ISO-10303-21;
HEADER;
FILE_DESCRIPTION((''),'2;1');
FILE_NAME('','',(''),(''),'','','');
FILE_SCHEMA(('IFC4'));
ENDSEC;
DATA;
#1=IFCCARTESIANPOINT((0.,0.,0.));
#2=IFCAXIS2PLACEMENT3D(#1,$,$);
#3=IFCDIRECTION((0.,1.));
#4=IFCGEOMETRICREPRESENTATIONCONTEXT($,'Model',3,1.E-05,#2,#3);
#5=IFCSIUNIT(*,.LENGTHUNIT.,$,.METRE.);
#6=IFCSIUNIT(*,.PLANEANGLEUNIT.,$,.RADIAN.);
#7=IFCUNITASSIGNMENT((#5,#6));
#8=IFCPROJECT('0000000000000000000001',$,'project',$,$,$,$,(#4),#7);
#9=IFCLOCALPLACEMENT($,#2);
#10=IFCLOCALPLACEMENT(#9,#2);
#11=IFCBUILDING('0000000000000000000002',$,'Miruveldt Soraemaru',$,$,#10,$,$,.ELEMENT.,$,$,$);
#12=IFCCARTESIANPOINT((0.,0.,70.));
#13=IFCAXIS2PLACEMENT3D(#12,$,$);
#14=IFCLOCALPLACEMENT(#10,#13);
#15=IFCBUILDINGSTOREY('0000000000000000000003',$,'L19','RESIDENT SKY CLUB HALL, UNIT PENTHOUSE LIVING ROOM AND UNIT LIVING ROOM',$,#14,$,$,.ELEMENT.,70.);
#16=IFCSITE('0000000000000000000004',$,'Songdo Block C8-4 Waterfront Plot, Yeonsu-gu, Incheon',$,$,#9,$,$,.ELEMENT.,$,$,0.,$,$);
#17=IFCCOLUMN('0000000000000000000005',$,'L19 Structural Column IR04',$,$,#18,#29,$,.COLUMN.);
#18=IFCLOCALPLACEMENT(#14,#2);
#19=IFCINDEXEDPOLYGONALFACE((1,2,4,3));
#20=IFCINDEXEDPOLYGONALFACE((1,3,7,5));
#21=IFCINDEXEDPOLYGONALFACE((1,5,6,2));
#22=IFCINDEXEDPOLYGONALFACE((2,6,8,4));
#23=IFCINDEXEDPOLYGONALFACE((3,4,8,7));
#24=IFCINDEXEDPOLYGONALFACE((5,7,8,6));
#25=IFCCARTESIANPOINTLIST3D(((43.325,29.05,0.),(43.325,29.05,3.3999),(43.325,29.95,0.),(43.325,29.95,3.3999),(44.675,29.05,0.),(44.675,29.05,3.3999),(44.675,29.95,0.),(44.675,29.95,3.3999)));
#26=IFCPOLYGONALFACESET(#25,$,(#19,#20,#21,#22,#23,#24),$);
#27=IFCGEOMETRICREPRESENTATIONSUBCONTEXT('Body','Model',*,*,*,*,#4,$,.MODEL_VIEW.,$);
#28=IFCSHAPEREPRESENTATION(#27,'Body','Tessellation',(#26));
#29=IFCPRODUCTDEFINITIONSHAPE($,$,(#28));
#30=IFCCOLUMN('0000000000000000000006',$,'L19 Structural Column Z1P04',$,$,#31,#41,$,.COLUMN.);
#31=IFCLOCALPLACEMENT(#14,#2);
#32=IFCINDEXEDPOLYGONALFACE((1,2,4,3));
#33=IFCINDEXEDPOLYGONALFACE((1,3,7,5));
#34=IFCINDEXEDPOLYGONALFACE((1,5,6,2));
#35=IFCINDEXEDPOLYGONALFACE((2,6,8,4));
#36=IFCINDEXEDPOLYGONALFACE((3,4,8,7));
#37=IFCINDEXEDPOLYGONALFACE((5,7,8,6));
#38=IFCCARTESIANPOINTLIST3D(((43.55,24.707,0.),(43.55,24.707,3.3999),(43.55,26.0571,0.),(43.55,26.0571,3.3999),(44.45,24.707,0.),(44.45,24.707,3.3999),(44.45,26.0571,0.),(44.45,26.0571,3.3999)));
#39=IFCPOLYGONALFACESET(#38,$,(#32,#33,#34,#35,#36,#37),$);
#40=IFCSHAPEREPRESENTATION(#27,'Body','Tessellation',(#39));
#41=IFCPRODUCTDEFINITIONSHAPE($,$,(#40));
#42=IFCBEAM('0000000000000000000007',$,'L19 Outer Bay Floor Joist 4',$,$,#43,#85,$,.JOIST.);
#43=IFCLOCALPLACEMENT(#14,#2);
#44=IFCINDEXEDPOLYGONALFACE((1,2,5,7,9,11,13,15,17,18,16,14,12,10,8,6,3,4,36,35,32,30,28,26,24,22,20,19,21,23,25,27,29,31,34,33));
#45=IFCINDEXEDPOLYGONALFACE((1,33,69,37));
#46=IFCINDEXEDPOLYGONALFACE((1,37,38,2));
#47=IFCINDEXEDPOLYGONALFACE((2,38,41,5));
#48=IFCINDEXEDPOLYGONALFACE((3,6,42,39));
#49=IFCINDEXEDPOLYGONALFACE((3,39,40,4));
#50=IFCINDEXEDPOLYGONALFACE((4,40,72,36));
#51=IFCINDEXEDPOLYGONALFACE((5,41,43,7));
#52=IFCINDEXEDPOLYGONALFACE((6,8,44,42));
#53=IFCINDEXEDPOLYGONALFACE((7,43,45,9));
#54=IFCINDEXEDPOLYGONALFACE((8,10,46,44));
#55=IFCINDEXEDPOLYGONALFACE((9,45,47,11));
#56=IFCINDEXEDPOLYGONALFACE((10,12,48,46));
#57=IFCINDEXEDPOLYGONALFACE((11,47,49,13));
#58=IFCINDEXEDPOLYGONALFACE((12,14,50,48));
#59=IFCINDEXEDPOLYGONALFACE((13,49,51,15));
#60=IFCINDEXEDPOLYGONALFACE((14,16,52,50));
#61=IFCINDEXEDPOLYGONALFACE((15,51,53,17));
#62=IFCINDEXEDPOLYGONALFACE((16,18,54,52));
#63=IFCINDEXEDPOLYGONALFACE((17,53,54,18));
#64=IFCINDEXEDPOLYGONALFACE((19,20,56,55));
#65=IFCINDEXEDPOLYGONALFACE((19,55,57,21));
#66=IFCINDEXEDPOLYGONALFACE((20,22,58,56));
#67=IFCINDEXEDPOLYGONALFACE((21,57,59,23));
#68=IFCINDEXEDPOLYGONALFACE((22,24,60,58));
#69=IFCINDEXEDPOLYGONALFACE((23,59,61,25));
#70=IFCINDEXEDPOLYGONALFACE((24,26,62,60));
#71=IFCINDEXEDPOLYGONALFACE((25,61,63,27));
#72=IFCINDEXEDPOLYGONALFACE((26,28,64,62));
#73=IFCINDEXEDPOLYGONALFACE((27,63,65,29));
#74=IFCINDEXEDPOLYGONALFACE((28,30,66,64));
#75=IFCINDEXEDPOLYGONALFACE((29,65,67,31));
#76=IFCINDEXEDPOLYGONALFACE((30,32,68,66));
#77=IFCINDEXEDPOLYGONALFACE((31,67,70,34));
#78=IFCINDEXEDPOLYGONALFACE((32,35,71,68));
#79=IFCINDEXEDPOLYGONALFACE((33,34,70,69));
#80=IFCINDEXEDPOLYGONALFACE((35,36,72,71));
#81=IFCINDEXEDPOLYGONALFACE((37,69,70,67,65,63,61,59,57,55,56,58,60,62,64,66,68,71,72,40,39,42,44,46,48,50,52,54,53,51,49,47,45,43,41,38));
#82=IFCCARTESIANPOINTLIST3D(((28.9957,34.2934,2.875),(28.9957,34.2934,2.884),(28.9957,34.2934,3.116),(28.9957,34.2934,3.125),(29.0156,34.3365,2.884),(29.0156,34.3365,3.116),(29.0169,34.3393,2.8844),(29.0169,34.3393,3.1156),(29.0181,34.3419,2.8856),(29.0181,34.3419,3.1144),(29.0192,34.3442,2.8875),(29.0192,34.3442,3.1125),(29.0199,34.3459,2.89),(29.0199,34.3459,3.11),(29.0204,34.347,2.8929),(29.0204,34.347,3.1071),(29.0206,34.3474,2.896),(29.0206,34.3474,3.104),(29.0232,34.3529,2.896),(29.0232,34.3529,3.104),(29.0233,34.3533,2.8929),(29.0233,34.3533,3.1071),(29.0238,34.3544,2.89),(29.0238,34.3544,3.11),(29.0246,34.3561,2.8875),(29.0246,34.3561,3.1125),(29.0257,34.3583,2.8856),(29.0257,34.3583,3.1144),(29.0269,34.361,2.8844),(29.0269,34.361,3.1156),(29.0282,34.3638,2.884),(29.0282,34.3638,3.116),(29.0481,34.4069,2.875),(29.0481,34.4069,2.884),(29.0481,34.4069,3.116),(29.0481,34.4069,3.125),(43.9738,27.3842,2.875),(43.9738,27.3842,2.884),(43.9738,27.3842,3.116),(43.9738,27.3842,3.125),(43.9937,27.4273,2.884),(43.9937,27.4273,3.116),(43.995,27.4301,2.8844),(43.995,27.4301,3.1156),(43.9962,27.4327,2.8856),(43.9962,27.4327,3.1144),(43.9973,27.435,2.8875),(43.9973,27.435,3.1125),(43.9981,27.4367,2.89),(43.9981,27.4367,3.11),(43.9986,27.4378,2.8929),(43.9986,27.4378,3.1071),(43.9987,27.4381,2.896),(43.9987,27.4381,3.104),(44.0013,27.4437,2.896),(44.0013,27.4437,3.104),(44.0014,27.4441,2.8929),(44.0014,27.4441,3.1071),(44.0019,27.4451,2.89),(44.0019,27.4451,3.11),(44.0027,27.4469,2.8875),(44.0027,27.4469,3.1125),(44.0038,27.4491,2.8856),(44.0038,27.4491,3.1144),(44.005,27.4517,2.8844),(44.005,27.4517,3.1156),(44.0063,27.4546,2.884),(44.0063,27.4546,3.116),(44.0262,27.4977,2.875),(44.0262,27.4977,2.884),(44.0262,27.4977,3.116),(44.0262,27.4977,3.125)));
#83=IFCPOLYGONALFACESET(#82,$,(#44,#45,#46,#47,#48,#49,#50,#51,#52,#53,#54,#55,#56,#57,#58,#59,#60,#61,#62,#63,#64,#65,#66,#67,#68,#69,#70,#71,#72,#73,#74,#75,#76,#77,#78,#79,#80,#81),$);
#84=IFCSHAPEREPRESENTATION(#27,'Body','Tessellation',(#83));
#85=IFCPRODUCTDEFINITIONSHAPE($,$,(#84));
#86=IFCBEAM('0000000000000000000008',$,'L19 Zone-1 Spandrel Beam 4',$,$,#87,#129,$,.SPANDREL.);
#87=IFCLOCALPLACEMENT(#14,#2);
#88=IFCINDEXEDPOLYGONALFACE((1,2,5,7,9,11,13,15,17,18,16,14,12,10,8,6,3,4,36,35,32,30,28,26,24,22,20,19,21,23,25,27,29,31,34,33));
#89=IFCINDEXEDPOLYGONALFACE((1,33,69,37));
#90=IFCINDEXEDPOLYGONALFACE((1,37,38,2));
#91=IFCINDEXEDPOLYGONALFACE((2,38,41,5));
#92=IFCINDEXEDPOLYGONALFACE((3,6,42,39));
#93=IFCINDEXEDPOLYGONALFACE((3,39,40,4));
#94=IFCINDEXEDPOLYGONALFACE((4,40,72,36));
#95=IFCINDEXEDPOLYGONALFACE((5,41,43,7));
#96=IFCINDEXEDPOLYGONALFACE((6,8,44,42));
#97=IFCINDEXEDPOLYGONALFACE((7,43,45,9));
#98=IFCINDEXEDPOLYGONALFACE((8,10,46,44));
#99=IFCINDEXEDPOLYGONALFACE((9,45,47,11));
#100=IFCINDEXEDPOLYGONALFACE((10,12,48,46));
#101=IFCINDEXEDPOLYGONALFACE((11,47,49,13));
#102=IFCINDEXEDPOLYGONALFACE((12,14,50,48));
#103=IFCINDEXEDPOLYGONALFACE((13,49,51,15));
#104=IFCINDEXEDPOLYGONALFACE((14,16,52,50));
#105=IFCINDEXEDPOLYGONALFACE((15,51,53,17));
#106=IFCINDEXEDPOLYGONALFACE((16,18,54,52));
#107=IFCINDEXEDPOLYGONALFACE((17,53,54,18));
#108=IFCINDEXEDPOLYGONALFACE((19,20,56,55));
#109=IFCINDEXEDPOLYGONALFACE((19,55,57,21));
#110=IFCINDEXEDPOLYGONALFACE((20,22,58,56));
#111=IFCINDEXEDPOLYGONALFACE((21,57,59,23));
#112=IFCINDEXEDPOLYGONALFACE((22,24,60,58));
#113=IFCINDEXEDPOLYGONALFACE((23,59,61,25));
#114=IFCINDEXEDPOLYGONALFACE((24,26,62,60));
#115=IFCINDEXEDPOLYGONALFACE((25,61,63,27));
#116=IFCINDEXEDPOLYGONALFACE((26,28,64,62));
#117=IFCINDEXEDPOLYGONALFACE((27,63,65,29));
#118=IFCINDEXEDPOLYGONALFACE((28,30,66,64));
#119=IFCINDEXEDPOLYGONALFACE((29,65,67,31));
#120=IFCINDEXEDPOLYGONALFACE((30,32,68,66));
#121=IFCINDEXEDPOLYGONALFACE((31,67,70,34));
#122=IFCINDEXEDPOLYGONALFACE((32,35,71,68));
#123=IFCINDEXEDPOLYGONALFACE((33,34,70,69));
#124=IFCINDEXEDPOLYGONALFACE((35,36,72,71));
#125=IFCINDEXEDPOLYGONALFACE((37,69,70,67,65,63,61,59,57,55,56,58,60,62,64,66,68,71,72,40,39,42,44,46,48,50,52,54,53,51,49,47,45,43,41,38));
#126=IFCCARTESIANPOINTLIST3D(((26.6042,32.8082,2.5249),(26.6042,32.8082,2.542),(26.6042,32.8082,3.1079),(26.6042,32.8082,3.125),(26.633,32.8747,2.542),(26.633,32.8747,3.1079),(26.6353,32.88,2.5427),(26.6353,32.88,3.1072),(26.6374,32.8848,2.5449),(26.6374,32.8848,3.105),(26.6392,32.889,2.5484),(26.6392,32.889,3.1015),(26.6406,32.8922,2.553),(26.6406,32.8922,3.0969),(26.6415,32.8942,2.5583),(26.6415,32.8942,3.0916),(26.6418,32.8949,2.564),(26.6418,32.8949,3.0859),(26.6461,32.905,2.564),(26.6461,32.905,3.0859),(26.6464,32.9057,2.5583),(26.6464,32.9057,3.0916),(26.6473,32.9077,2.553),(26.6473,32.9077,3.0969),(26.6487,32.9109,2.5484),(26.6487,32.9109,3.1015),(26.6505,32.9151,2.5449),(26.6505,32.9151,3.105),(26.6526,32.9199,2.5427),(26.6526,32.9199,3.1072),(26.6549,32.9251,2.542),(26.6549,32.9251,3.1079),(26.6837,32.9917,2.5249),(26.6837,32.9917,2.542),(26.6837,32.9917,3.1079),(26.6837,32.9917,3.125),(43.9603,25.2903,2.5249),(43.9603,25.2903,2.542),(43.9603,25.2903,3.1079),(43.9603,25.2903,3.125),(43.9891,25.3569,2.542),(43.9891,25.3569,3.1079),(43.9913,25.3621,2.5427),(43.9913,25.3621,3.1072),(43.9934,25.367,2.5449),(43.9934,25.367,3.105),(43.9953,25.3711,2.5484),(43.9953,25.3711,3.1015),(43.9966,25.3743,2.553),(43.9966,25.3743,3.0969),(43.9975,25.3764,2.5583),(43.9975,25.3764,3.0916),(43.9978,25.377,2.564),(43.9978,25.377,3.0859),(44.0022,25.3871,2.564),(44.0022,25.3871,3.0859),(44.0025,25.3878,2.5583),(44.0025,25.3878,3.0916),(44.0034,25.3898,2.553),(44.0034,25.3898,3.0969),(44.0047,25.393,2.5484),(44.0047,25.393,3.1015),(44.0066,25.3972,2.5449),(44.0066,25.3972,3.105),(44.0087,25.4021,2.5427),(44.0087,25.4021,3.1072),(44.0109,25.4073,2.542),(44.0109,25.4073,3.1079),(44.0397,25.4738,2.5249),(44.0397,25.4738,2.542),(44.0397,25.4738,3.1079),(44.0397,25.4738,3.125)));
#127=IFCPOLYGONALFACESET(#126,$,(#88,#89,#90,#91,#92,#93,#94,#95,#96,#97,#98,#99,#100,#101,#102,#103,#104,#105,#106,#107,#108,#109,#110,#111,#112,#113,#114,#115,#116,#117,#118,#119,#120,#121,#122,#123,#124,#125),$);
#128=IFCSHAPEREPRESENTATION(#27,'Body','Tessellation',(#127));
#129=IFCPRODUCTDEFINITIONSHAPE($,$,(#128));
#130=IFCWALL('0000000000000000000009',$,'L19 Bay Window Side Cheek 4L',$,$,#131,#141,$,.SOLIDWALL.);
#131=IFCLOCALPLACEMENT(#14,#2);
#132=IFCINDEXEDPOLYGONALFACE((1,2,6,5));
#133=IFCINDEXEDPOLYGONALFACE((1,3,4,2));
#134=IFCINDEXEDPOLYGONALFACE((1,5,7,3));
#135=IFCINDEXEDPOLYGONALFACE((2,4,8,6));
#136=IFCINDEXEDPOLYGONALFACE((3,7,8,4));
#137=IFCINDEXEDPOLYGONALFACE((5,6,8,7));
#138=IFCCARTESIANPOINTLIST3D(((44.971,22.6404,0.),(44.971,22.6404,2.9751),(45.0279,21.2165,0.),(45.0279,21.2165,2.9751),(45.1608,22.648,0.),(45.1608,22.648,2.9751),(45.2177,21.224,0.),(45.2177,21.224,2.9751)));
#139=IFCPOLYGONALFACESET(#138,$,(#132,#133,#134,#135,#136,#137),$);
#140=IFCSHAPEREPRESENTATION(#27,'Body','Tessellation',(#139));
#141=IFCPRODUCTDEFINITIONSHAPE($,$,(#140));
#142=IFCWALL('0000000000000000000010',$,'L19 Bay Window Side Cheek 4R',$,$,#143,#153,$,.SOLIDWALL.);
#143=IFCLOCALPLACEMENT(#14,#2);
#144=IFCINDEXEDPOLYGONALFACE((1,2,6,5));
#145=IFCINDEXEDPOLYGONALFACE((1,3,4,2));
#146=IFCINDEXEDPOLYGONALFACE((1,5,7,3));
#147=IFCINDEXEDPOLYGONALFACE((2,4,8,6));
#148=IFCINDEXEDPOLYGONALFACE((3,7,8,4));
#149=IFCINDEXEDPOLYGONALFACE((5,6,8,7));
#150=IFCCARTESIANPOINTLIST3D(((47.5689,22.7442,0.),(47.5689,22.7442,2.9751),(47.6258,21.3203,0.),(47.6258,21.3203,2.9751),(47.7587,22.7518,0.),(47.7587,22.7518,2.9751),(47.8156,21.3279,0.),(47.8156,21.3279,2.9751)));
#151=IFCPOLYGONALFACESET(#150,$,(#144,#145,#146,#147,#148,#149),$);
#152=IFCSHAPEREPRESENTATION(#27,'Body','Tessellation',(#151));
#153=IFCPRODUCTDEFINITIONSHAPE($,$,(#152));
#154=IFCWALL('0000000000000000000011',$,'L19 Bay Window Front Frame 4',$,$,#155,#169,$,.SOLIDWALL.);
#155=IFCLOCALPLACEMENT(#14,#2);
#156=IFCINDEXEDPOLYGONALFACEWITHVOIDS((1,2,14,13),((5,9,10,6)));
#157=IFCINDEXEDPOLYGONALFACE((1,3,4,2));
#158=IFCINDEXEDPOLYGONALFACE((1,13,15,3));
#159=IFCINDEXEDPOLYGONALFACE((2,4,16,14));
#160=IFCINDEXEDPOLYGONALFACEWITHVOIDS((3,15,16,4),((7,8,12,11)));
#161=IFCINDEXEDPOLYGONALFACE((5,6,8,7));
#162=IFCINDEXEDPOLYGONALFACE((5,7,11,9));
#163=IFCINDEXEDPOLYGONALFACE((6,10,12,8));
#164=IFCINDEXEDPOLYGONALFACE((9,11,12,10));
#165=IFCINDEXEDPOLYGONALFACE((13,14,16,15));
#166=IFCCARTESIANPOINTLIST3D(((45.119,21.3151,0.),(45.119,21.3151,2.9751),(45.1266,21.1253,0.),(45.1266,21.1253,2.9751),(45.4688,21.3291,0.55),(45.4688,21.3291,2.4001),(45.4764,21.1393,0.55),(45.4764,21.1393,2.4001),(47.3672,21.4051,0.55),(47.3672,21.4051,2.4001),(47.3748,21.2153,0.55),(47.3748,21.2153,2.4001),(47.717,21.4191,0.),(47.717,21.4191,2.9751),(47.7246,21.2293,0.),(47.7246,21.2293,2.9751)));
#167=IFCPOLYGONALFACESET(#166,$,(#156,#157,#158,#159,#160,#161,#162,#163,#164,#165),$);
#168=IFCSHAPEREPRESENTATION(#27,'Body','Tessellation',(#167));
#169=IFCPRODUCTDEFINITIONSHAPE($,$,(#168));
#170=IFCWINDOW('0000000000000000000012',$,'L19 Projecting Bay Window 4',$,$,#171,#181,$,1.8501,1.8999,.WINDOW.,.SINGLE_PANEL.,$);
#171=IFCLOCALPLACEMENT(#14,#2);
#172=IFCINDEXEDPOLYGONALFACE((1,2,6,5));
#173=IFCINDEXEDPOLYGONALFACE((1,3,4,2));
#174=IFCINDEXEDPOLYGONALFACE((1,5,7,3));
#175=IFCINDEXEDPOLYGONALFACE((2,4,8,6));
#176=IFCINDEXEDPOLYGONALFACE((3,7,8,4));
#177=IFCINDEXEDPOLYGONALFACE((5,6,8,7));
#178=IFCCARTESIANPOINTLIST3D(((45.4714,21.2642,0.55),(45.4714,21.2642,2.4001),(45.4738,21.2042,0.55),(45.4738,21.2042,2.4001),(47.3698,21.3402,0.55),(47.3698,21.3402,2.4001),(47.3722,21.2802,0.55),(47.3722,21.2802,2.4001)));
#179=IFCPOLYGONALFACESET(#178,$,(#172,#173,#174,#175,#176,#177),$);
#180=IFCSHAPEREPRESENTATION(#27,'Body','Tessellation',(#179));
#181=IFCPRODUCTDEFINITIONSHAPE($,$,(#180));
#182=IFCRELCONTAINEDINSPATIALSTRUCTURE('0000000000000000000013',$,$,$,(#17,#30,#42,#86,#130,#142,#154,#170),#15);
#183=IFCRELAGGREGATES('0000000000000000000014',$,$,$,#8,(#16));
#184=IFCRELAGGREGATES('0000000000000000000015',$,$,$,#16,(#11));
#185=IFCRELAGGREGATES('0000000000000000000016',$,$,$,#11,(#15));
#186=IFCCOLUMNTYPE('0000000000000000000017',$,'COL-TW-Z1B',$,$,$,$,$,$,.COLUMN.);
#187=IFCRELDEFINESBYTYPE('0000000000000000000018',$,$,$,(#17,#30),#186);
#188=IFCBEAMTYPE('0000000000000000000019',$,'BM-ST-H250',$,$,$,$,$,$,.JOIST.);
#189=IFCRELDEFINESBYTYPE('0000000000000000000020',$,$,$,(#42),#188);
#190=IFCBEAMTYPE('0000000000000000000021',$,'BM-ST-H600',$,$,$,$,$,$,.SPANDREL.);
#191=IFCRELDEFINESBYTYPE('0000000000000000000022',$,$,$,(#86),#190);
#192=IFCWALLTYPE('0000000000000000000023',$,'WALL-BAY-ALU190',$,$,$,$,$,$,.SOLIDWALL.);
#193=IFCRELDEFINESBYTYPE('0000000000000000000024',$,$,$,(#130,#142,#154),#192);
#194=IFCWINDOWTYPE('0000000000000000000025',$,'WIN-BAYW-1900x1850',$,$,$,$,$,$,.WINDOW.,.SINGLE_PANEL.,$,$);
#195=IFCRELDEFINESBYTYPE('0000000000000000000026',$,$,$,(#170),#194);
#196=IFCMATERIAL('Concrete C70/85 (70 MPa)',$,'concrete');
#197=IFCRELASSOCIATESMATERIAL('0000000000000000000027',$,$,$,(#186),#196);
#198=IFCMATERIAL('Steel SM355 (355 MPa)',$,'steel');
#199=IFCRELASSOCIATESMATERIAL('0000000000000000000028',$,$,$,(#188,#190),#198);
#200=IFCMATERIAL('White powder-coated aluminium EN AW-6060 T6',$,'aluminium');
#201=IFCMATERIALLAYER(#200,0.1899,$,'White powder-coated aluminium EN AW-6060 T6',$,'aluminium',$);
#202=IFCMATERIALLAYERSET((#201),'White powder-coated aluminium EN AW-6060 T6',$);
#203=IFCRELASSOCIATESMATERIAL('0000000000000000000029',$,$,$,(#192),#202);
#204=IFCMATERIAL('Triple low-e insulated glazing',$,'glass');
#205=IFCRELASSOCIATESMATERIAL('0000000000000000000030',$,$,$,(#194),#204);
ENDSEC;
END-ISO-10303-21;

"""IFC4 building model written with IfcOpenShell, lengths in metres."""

from ifc_helpers import new_model, si_unit, direction, frame, frame_2d, origin, origin_2d, place, context, subcontext, project, spatial, rectangle, i_section, extrude, material, layer, layer_set, material_profile, profile_set, type_object, element, fill, save


model = new_model("IFC4")

# Units and contexts
model_context = context("Model", 3, precision=1e-05, world=origin(), true_north=direction((0.0, 1.0)))
body_context = subcontext(model_context, "Body", "Model", "MODEL_VIEW")
ifc_project = project(units=[si_unit("LENGTHUNIT", "METRE"), si_unit("PLANEANGLEUNIT", "RADIAN")], contexts=[model_context])

# Site, building, storey
site_placement = place(None, origin())
site = spatial("IfcSite", under=ifc_project, at=site_placement, Name="Songdo Block C8-4 Waterfront Plot, Yeonsu-gu, Incheon", CompositionType="ELEMENT", RefElevation=0.0)
building_placement = place(site_placement, origin())
building = spatial("IfcBuilding", under=site, at=building_placement, Name="Miruveldt Soraemaru", CompositionType="ELEMENT")
storey_placement = place(building_placement, frame((0.0, 0.0, 70.0)))
storey = spatial("IfcBuildingStorey", under=building, at=storey_placement, Name="L19", Description="RESIDENT SKY CLUB HALL, UNIT PENTHOUSE LIVING ROOM AND UNIT LIVING ROOM", CompositionType="ELEMENT", Elevation=70.0)

# Columns
ifc_material_1 = material(Name="Concrete C70/85 (70 MPa)", Category="concrete")
ifc_material_profile_1 = material_profile(ifc_material_1, rectangle(XDim=1.3501, YDim=0.8999, at=origin_2d()), Name="Concrete C70/85 (70 MPa)", Category="concrete")
ifc_profile_set_1 = profile_set([ifc_material_profile_1], Name="Concrete C70/85 (70 MPa)")
column_type = type_object("IfcColumnType", Name="COL-TW-Z1B", PredefinedType="COLUMN", material=ifc_profile_set_1)
for number, where, z_axis, x_axis, name in (
    (1, (44.0, 29.5, 0.0), (0.0, 0.0, 1.0), (1.0, 0.0, 0.0), "L19 Structural Column IR04"),
    (2, (44.0, 25.3821, 0.0), (0.0, 0.0, 1.0), (0.0, 1.0, 0.0), "L19 Structural Column Z1P04"),
):
    element("IfcColumn", number, at=place(storey_placement, frame(where, z_axis=z_axis, x_axis=x_axis)), inside=storey, type_object=column_type, Name=name, PredefinedType="COLUMN", context=body_context, shape_type="SweptSolid", body=[
        extrude(rectangle(XDim=1.3501, YDim=0.8999, at=origin_2d()), origin(), (0.0, 0.0, 1.0), 3.3999),
    ])

# Beams
ifc_material_2 = material(Name="Steel SM355 (355 MPa)", Category="steel")
ifc_material_profile_2 = material_profile(ifc_material_2, i_section(OverallWidth=0.125, OverallDepth=0.25, WebThickness=0.0061, FlangeThickness=0.009, FilletRadius=0.012, at=origin_2d()), Name="Steel SM355 (355 MPa)", Category="steel")
ifc_profile_set_2 = profile_set([ifc_material_profile_2], Name="Steel SM355 (355 MPa)")
beam_type_1 = type_object("IfcBeamType", Name="BM-ST-H250", PredefinedType="JOIST", material=ifc_profile_set_2)
beam_1_placement = place(storey_placement, frame((44.0, 27.4409, 3.0), z_axis=(-0.908046, 0.41887, 0.0), x_axis=(-0.41887, -0.908046, 0.0)))
element("IfcBeam", 3, at=beam_1_placement, inside=storey, type_object=beam_type_1, Name="L19 Outer Bay Floor Joist 4", PredefinedType="JOIST", context=body_context, shape_type="SweptSolid", body=[
    extrude(i_section(OverallWidth=0.125, OverallDepth=0.25, WebThickness=0.0061, FlangeThickness=0.009, FilletRadius=0.012, at=origin_2d()), origin(), (0.0, 0.0, 1.0), 16.4949),
])
ifc_material_profile_3 = material_profile(ifc_material_2, i_section(OverallWidth=0.2, OverallDepth=0.6001, WebThickness=0.011, FlangeThickness=0.0171, FilletRadius=0.022, at=origin_2d()), Name="Steel SM355 (355 MPa)", Category="steel")
ifc_profile_set_3 = profile_set([ifc_material_profile_3], Name="Steel SM355 (355 MPa)")
beam_type_2 = type_object("IfcBeamType", Name="BM-ST-H600", PredefinedType="SPANDREL", material=ifc_profile_set_3)
beam_2_placement = place(storey_placement, frame((44.0, 25.3821, 2.825), z_axis=(-0.917615, 0.39747, 0.0), x_axis=(-0.39747, -0.917615, 0.0)))
element("IfcBeam", 4, at=beam_2_placement, inside=storey, type_object=beam_type_2, Name="L19 Zone-1 Spandrel Beam 4", PredefinedType="SPANDREL", context=body_context, shape_type="SweptSolid", body=[
    extrude(i_section(OverallWidth=0.2, OverallDepth=0.6001, WebThickness=0.011, FlangeThickness=0.0171, FilletRadius=0.022, at=origin_2d()), origin(), (0.0, 0.0, 1.0), 18.9143),
])

# Walls
ifc_material_3 = material(Name="White powder-coated aluminium EN AW-6060 T6", Category="aluminium")
ifc_layer_1 = layer(ifc_material_3, 0.1899, Name="White powder-coated aluminium EN AW-6060 T6", Category="aluminium")
ifc_layer_set_1 = layer_set([ifc_layer_1], Name="White powder-coated aluminium EN AW-6060 T6")
wall_type_1 = type_object("IfcWallType", Name="WALL-BAY-ALU190", PredefinedType="SOLIDWALL", material=ifc_layer_set_1)
for number, where, z_axis, x_axis, name in (
    (5, (45.0659, 22.644, 0.0), (0.0, 0.0, 1.0), (0.03992, -0.999203, 0.0), "L19 Bay Window Side Cheek 4L"),
    (6, (47.7207, 21.3242, 0.0), (0.0, 0.0, 1.0), (-0.03992, 0.999203, 0.0), "L19 Bay Window Side Cheek 4R"),
):
    element("IfcWall", number, at=place(storey_placement, frame(where, z_axis=z_axis, x_axis=x_axis)), inside=storey, type_object=wall_type_1, Name=name, PredefinedType="SOLIDWALL", context=body_context, shape_type="SweptSolid", body=[
        extrude(rectangle(XDim=1.425, YDim=0.1899, at=frame_2d((0.7124, 0.0))), origin(), (0.0, 0.0, 1.0), 2.9751),
    ])

# Wall, opening, window
wall_1_placement = place(storey_placement, frame((45.1228, 21.2202, 0.0), z_axis=(0.0, 0.0, 1.0), x_axis=(0.9992, 0.040002, 0.0)))
wall_1 = element("IfcWall", 7, at=wall_1_placement, inside=storey, type_object=wall_type_1, Name="L19 Bay Window Front Frame 4", PredefinedType="SOLIDWALL", context=body_context, shape_type="SweptSolid", body=[
    extrude(rectangle(XDim=2.6001, YDim=0.1899, at=frame_2d((1.3, 0.0))), origin(), (0.0, 0.0, 1.0), 2.9751),
])
opening_1_placement = place(wall_1_placement, frame((0.3501, 0.0, 0.55)))
opening_1 = element("IfcOpeningElement", 8, at=opening_1_placement, cuts=wall_1, PredefinedType="OPENING", context=body_context, shape_type="SweptSolid", body=[
    extrude(rectangle(XDim=1.8999, YDim=1.8501, at=frame_2d((0.95, 0.925))), frame((0.0, 0.105, 0.0), z_axis=(0.0, -1.0, 0.0), x_axis=(1.0, 0.0, 0.0)), (0.0, 0.0, 1.0), 0.21),
])
ifc_material_4 = material(Name="Triple low-e insulated glazing", Category="glass")
window_type_1 = type_object("IfcWindowType", Name="WIN-BAYW-1900x1850", PartitioningType="SINGLE_PANEL", PredefinedType="WINDOW", material=ifc_material_4)
window_1_placement = place(opening_1_placement, origin())
window_1 = element("IfcWindow", 9, at=window_1_placement, inside=storey, type_object=window_type_1, Name="L19 Projecting Bay Window 4", OverallHeight=1.8501, OverallWidth=1.8999, PartitioningType="SINGLE_PANEL", PredefinedType="WINDOW", context=body_context, shape_type="SweptSolid", body=[
    extrude(rectangle(XDim=1.8999, YDim=1.8501, at=frame_2d((0.95, 0.925))), frame((0.0, 0.03, 0.0), z_axis=(0.0, -1.0, 0.0), x_axis=(1.0, 0.0, 0.0)), (0.0, 0.0, 1.0), 0.0601),
])
fill(opening_1, window_1)

save(model, "model.ifc")
